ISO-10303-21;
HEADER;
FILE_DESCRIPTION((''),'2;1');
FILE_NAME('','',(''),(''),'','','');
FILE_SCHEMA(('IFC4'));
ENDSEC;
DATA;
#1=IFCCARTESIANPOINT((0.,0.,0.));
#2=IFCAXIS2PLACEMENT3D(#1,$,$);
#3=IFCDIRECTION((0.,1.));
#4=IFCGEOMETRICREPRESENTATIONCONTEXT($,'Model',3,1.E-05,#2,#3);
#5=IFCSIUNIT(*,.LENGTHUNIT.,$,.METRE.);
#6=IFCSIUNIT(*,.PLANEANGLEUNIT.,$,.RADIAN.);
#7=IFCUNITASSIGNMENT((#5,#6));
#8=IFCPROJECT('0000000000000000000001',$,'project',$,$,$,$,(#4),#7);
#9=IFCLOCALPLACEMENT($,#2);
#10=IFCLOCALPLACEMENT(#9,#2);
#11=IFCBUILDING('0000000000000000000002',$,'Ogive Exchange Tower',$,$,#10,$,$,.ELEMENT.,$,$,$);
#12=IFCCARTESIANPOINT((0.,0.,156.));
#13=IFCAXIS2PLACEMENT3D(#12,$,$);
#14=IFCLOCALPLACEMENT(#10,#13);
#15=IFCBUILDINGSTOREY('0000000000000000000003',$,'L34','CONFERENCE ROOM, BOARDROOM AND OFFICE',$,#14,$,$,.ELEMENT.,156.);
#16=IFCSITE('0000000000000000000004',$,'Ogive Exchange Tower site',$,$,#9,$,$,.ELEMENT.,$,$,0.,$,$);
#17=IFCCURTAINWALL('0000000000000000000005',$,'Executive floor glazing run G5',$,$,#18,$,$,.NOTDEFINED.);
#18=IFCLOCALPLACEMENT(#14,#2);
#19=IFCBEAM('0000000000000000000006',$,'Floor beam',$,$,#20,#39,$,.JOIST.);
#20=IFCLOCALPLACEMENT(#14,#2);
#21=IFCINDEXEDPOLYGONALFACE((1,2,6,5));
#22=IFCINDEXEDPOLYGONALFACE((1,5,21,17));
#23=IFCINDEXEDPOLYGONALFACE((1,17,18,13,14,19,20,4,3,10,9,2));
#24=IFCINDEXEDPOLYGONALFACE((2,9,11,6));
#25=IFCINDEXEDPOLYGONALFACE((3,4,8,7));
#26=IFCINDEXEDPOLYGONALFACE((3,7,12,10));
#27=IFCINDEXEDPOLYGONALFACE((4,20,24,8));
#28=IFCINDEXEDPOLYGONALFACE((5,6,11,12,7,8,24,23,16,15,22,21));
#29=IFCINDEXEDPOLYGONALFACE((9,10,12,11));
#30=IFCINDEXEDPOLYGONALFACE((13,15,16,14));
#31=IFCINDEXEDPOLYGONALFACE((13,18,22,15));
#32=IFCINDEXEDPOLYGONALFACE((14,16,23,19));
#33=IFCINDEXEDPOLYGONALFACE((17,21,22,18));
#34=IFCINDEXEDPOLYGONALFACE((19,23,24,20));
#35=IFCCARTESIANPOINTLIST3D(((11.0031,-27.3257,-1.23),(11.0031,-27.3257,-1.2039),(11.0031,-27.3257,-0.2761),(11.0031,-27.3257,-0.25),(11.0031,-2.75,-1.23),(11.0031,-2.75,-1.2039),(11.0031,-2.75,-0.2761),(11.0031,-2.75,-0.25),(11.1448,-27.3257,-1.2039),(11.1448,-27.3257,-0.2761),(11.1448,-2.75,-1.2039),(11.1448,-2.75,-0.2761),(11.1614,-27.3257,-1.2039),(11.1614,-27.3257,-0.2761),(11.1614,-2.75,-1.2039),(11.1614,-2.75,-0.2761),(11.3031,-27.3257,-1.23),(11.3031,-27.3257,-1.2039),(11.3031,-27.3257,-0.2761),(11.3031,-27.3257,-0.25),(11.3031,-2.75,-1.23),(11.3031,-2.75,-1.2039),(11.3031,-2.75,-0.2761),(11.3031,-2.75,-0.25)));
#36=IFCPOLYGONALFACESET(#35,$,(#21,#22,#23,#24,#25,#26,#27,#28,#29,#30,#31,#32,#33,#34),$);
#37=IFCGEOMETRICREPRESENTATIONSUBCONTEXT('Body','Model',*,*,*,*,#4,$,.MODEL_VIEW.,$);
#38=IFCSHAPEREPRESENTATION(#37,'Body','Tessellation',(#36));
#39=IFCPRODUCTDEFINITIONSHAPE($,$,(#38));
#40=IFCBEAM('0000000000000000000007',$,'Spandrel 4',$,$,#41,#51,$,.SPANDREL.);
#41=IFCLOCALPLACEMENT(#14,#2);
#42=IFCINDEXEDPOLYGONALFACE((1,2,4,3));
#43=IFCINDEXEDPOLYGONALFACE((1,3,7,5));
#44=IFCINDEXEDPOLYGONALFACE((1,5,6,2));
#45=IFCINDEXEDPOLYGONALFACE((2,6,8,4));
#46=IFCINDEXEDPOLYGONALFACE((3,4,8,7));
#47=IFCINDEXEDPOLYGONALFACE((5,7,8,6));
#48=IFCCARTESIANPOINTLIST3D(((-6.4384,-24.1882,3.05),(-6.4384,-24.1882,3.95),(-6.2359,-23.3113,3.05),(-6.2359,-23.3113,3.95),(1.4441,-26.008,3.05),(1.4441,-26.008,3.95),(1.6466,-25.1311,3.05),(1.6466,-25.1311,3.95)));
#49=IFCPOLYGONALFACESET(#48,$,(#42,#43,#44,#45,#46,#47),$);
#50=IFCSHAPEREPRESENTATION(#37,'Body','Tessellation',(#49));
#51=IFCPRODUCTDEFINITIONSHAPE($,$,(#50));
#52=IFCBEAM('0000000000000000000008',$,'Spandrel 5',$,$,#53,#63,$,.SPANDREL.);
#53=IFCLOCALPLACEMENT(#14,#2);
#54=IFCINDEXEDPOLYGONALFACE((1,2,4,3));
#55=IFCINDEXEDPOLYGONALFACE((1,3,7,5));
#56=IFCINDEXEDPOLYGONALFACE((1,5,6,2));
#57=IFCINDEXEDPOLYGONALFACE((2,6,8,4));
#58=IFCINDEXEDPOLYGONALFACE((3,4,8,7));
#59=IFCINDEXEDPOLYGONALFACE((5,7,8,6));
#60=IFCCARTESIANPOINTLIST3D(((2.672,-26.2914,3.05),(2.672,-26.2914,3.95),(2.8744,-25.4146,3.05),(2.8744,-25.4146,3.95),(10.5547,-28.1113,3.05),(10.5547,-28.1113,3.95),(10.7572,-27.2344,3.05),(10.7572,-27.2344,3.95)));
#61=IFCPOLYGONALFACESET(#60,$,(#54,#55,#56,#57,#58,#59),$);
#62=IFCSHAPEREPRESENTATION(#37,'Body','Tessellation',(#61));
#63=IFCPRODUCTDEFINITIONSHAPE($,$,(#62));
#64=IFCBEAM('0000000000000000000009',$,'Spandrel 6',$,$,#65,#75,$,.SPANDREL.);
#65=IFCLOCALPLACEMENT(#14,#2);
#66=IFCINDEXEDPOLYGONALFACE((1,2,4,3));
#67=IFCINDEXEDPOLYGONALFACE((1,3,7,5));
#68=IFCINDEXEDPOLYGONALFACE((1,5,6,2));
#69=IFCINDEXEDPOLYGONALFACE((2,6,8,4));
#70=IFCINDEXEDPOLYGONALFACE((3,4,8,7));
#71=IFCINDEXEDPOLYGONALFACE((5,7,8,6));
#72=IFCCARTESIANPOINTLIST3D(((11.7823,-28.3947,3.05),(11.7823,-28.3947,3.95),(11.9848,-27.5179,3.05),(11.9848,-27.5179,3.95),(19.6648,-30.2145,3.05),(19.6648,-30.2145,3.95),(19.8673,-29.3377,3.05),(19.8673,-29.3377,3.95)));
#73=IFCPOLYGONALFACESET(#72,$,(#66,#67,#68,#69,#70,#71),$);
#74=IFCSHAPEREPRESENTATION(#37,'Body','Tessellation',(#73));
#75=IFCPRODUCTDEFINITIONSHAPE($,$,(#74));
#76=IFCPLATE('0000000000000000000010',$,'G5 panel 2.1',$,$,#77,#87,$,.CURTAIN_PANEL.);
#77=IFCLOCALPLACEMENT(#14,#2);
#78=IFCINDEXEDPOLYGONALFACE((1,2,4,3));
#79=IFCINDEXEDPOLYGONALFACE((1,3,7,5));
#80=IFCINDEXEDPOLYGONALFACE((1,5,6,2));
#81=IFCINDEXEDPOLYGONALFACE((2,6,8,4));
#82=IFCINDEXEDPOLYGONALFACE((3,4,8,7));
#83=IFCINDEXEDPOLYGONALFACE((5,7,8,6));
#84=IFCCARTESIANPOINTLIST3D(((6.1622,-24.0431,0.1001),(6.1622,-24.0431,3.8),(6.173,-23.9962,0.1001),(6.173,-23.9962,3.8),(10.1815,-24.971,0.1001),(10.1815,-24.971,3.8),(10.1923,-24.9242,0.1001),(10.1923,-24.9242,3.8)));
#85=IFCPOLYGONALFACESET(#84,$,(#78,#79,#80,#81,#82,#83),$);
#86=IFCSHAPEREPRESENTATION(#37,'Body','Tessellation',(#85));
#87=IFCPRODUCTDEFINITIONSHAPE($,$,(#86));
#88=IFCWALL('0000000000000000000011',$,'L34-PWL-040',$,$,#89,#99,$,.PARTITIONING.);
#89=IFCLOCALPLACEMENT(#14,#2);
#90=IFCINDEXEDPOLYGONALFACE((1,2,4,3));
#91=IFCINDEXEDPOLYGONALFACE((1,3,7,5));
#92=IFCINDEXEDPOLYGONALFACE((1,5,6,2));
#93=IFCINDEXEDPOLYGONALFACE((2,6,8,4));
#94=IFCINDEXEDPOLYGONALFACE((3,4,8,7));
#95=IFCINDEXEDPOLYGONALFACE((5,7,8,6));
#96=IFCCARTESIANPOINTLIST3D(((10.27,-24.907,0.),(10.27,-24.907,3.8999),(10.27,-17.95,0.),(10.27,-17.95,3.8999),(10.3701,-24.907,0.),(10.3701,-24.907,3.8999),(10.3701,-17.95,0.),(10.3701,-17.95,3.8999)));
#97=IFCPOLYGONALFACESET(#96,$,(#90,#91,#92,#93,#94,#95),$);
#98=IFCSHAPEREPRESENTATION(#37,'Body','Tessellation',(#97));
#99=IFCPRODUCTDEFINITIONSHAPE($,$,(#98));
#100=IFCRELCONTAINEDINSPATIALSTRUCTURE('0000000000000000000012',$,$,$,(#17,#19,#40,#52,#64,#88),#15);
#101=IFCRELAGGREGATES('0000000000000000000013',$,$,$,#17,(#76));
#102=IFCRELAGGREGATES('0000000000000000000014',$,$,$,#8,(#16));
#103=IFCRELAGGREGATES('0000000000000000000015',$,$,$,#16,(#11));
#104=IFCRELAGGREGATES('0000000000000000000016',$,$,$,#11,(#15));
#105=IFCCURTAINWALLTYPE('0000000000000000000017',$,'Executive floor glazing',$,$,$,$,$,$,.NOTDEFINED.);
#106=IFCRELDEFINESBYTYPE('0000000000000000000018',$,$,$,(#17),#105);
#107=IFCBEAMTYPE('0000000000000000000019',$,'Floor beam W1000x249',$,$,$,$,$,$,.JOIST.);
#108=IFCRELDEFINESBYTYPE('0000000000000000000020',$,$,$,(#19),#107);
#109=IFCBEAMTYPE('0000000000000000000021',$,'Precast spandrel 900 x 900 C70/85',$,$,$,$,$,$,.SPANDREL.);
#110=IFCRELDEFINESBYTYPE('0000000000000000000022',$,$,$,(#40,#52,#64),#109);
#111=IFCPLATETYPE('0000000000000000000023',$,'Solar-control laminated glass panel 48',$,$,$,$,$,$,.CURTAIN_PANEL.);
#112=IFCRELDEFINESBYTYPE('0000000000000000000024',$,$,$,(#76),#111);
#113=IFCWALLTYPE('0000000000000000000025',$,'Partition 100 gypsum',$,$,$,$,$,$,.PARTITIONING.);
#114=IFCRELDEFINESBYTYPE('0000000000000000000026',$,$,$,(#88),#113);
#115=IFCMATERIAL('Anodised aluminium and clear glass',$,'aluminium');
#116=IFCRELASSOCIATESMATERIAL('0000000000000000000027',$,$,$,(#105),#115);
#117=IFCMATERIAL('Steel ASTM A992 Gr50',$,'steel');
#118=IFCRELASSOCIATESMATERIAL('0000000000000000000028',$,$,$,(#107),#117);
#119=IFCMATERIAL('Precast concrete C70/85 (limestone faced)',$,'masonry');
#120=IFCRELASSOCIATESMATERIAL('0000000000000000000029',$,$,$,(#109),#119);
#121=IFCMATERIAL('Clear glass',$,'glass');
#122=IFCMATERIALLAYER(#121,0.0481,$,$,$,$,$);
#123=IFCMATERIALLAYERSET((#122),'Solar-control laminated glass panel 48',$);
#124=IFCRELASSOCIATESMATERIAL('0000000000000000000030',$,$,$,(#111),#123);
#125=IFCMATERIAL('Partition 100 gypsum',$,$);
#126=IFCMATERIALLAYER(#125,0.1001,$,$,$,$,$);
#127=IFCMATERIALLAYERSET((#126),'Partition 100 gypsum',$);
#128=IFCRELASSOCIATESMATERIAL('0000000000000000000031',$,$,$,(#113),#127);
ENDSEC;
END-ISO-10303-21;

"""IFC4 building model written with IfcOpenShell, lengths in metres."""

from ifc_helpers import new_model, si_unit, direction, frame, frame_2d, origin, origin_2d, place, context, subcontext, project, spatial, rectangle, i_section, extrude, material, layer, layer_set, material_profile, profile_set, type_object, element, aggregate, save


model = new_model("IFC4")

# Units and contexts
model_context = context("Model", 3, precision=1e-05, world=origin(), true_north=direction((0.0, 1.0)))
body_context = subcontext(model_context, "Body", "Model", "MODEL_VIEW")
ifc_project = project(units=[si_unit("LENGTHUNIT", "METRE"), si_unit("PLANEANGLEUNIT", "RADIAN")], contexts=[model_context])

# Site, building, storey
site_placement = place(None, origin())
site = spatial("IfcSite", under=ifc_project, at=site_placement, Name="Ogive Exchange Tower site", CompositionType="ELEMENT", RefElevation=0.0)
building_placement = place(site_placement, origin())
building = spatial("IfcBuilding", under=site, at=building_placement, Name="Ogive Exchange Tower", CompositionType="ELEMENT")
storey_placement = place(building_placement, frame((0.0, 0.0, 156.0)))
storey = spatial("IfcBuildingStorey", under=building, at=storey_placement, Name="L34", Description="CONFERENCE ROOM, BOARDROOM AND OFFICE", CompositionType="ELEMENT", Elevation=156.0)

# Shared definitions
ifc_material_1 = material(Name="Precast concrete C70/85 (limestone faced)", Category="masonry")

# Curtain wall
ifc_material_2 = material(Name="Anodised aluminium and clear glass", Category="aluminium")
curtain_wall_type = type_object("IfcCurtainWallType", Name="Executive floor glazing", PredefinedType="NOTDEFINED", material=ifc_material_2)
curtain_wall_1_placement = place(storey_placement, origin())
curtain_wall_1 = element("IfcCurtainWall", 1, at=curtain_wall_1_placement, inside=storey, type_object=curtain_wall_type, Name="Executive floor glazing run G5", PredefinedType="NOTDEFINED")

# Beams
ifc_material_3 = material(Name="Steel ASTM A992 Gr50", Category="steel")
ifc_material_profile_1 = material_profile(ifc_material_3, i_section(OverallWidth=0.3, OverallDepth=0.98, WebThickness=0.0166, FlangeThickness=0.0261, at=origin_2d()), Name="W1000x249")
ifc_profile_set_1 = profile_set([ifc_material_profile_1], Name="Steel ASTM A992 Gr50")
beam_type_1 = type_object("IfcBeamType", Name="Floor beam W1000x249", PredefinedType="JOIST", material=ifc_profile_set_1)
beam_1_placement = place(storey_placement, frame((11.1531, -27.3257, -0.74), z_axis=(0.0, 1.0, 0.0), x_axis=(-1.0, 0.0, 0.0)))
element("IfcBeam", 2, at=beam_1_placement, inside=storey, type_object=beam_type_1, Name="Floor beam", PredefinedType="JOIST", context=body_context, shape_type="SweptSolid", body=[
    extrude(i_section(OverallWidth=0.3, OverallDepth=0.98, WebThickness=0.0166, FlangeThickness=0.0261, at=origin_2d()), origin(), (0.0, 0.0, 1.0), 24.5757),
])
ifc_material_profile_2 = material_profile(ifc_material_1, rectangle(XDim=0.8999, YDim=0.8999, at=origin_2d()), Name="900 x 900")
ifc_profile_set_2 = profile_set([ifc_material_profile_2], Name="Precast concrete C70/85 (limestone faced)")
beam_type_2 = type_object("IfcBeamType", Name="Precast spandrel 900 x 900 C70/85", PredefinedType="SPANDREL", material=ifc_profile_set_2)
beam_2_placement = place(storey_placement, frame((-6.3372, -23.7498, 3.5), z_axis=(0.97437, -0.22495, 0.0), x_axis=(0.22495, 0.97437, 0.0)))
element("IfcBeam", 3, at=beam_2_placement, inside=storey, type_object=beam_type_2, Name="Spandrel 4", PredefinedType="SPANDREL", context=body_context, shape_type="SweptSolid", body=[
    extrude(rectangle(XDim=0.8999, YDim=0.8999, at=origin_2d()), origin(), (0.0, 0.0, 1.0), 8.0898),
])
beam_3_placement = place(storey_placement, frame((2.7732, -25.853, 3.5), z_axis=(0.974372, -0.224943, 0.0), x_axis=(0.224943, 0.974372, 0.0)))
element("IfcBeam", 4, at=beam_3_placement, inside=storey, type_object=beam_type_2, Name="Spandrel 5", PredefinedType="SPANDREL", context=body_context, shape_type="SweptSolid", body=[
    extrude(rectangle(XDim=0.8999, YDim=0.8999, at=origin_2d()), origin(), (0.0, 0.0, 1.0), 8.0901),
])
beam_4_placement = place(storey_placement, frame((11.8835, -27.9563, 3.5), z_axis=(0.97437, -0.22495, 0.0), x_axis=(0.22495, 0.97437, 0.0)))
element("IfcBeam", 5, at=beam_4_placement, inside=storey, type_object=beam_type_2, Name="Spandrel 6", PredefinedType="SPANDREL", context=body_context, shape_type="SweptSolid", body=[
    extrude(rectangle(XDim=0.8999, YDim=0.8999, at=origin_2d()), origin(), (0.0, 0.0, 1.0), 8.0898),
])

# Plate
ifc_material_4 = material(Name="Clear glass", Category="glass")
ifc_layer_1 = layer(ifc_material_4, 0.0481)
ifc_layer_set_1 = layer_set([ifc_layer_1], Name="Solar-control laminated glass panel 48")
plate_type = type_object("IfcPlateType", Name="Solar-control laminated glass panel 48", PredefinedType="CURTAIN_PANEL", material=ifc_layer_set_1)
plate_placement = place(storey_placement, frame((8.1772, -24.4836, 0.1001), z_axis=(0.0, 0.0, 1.0), x_axis=(0.974369, -0.224958, 0.0)))
plate = element("IfcPlate", 6, at=plate_placement, type_object=plate_type, Name="G5 panel 2.1", PredefinedType="CURTAIN_PANEL", context=body_context, shape_type="SweptSolid", body=[
    extrude(rectangle(XDim=4.125, YDim=0.0481, at=origin_2d()), origin(), (0.0, 0.0, 1.0), 3.7),
])
aggregate(curtain_wall_1, [plate])

# Wall
ifc_material_5 = material(Name="Partition 100 gypsum")
ifc_layer_2 = layer(ifc_material_5, 0.1001)
ifc_layer_set_2 = layer_set([ifc_layer_2], Name="Partition 100 gypsum")
wall_type = type_object("IfcWallType", Name="Partition 100 gypsum", PredefinedType="PARTITIONING", material=ifc_layer_set_2)
wall_placement = place(storey_placement, frame((10.3201, -24.907, 0.0), z_axis=(0.0, 0.0, 1.0), x_axis=(0.0, 1.0, 0.0)))
element("IfcWall", 7, at=wall_placement, inside=storey, type_object=wall_type, Name="L34-PWL-040", PredefinedType="PARTITIONING", context=body_context, shape_type="SweptSolid", body=[
    extrude(rectangle(XDim=6.957, YDim=0.1001, at=frame_2d((3.4785, 0.0))), origin(), (0.0, 0.0, 1.0), 3.8999),
])

save(model, "model.ifc")
